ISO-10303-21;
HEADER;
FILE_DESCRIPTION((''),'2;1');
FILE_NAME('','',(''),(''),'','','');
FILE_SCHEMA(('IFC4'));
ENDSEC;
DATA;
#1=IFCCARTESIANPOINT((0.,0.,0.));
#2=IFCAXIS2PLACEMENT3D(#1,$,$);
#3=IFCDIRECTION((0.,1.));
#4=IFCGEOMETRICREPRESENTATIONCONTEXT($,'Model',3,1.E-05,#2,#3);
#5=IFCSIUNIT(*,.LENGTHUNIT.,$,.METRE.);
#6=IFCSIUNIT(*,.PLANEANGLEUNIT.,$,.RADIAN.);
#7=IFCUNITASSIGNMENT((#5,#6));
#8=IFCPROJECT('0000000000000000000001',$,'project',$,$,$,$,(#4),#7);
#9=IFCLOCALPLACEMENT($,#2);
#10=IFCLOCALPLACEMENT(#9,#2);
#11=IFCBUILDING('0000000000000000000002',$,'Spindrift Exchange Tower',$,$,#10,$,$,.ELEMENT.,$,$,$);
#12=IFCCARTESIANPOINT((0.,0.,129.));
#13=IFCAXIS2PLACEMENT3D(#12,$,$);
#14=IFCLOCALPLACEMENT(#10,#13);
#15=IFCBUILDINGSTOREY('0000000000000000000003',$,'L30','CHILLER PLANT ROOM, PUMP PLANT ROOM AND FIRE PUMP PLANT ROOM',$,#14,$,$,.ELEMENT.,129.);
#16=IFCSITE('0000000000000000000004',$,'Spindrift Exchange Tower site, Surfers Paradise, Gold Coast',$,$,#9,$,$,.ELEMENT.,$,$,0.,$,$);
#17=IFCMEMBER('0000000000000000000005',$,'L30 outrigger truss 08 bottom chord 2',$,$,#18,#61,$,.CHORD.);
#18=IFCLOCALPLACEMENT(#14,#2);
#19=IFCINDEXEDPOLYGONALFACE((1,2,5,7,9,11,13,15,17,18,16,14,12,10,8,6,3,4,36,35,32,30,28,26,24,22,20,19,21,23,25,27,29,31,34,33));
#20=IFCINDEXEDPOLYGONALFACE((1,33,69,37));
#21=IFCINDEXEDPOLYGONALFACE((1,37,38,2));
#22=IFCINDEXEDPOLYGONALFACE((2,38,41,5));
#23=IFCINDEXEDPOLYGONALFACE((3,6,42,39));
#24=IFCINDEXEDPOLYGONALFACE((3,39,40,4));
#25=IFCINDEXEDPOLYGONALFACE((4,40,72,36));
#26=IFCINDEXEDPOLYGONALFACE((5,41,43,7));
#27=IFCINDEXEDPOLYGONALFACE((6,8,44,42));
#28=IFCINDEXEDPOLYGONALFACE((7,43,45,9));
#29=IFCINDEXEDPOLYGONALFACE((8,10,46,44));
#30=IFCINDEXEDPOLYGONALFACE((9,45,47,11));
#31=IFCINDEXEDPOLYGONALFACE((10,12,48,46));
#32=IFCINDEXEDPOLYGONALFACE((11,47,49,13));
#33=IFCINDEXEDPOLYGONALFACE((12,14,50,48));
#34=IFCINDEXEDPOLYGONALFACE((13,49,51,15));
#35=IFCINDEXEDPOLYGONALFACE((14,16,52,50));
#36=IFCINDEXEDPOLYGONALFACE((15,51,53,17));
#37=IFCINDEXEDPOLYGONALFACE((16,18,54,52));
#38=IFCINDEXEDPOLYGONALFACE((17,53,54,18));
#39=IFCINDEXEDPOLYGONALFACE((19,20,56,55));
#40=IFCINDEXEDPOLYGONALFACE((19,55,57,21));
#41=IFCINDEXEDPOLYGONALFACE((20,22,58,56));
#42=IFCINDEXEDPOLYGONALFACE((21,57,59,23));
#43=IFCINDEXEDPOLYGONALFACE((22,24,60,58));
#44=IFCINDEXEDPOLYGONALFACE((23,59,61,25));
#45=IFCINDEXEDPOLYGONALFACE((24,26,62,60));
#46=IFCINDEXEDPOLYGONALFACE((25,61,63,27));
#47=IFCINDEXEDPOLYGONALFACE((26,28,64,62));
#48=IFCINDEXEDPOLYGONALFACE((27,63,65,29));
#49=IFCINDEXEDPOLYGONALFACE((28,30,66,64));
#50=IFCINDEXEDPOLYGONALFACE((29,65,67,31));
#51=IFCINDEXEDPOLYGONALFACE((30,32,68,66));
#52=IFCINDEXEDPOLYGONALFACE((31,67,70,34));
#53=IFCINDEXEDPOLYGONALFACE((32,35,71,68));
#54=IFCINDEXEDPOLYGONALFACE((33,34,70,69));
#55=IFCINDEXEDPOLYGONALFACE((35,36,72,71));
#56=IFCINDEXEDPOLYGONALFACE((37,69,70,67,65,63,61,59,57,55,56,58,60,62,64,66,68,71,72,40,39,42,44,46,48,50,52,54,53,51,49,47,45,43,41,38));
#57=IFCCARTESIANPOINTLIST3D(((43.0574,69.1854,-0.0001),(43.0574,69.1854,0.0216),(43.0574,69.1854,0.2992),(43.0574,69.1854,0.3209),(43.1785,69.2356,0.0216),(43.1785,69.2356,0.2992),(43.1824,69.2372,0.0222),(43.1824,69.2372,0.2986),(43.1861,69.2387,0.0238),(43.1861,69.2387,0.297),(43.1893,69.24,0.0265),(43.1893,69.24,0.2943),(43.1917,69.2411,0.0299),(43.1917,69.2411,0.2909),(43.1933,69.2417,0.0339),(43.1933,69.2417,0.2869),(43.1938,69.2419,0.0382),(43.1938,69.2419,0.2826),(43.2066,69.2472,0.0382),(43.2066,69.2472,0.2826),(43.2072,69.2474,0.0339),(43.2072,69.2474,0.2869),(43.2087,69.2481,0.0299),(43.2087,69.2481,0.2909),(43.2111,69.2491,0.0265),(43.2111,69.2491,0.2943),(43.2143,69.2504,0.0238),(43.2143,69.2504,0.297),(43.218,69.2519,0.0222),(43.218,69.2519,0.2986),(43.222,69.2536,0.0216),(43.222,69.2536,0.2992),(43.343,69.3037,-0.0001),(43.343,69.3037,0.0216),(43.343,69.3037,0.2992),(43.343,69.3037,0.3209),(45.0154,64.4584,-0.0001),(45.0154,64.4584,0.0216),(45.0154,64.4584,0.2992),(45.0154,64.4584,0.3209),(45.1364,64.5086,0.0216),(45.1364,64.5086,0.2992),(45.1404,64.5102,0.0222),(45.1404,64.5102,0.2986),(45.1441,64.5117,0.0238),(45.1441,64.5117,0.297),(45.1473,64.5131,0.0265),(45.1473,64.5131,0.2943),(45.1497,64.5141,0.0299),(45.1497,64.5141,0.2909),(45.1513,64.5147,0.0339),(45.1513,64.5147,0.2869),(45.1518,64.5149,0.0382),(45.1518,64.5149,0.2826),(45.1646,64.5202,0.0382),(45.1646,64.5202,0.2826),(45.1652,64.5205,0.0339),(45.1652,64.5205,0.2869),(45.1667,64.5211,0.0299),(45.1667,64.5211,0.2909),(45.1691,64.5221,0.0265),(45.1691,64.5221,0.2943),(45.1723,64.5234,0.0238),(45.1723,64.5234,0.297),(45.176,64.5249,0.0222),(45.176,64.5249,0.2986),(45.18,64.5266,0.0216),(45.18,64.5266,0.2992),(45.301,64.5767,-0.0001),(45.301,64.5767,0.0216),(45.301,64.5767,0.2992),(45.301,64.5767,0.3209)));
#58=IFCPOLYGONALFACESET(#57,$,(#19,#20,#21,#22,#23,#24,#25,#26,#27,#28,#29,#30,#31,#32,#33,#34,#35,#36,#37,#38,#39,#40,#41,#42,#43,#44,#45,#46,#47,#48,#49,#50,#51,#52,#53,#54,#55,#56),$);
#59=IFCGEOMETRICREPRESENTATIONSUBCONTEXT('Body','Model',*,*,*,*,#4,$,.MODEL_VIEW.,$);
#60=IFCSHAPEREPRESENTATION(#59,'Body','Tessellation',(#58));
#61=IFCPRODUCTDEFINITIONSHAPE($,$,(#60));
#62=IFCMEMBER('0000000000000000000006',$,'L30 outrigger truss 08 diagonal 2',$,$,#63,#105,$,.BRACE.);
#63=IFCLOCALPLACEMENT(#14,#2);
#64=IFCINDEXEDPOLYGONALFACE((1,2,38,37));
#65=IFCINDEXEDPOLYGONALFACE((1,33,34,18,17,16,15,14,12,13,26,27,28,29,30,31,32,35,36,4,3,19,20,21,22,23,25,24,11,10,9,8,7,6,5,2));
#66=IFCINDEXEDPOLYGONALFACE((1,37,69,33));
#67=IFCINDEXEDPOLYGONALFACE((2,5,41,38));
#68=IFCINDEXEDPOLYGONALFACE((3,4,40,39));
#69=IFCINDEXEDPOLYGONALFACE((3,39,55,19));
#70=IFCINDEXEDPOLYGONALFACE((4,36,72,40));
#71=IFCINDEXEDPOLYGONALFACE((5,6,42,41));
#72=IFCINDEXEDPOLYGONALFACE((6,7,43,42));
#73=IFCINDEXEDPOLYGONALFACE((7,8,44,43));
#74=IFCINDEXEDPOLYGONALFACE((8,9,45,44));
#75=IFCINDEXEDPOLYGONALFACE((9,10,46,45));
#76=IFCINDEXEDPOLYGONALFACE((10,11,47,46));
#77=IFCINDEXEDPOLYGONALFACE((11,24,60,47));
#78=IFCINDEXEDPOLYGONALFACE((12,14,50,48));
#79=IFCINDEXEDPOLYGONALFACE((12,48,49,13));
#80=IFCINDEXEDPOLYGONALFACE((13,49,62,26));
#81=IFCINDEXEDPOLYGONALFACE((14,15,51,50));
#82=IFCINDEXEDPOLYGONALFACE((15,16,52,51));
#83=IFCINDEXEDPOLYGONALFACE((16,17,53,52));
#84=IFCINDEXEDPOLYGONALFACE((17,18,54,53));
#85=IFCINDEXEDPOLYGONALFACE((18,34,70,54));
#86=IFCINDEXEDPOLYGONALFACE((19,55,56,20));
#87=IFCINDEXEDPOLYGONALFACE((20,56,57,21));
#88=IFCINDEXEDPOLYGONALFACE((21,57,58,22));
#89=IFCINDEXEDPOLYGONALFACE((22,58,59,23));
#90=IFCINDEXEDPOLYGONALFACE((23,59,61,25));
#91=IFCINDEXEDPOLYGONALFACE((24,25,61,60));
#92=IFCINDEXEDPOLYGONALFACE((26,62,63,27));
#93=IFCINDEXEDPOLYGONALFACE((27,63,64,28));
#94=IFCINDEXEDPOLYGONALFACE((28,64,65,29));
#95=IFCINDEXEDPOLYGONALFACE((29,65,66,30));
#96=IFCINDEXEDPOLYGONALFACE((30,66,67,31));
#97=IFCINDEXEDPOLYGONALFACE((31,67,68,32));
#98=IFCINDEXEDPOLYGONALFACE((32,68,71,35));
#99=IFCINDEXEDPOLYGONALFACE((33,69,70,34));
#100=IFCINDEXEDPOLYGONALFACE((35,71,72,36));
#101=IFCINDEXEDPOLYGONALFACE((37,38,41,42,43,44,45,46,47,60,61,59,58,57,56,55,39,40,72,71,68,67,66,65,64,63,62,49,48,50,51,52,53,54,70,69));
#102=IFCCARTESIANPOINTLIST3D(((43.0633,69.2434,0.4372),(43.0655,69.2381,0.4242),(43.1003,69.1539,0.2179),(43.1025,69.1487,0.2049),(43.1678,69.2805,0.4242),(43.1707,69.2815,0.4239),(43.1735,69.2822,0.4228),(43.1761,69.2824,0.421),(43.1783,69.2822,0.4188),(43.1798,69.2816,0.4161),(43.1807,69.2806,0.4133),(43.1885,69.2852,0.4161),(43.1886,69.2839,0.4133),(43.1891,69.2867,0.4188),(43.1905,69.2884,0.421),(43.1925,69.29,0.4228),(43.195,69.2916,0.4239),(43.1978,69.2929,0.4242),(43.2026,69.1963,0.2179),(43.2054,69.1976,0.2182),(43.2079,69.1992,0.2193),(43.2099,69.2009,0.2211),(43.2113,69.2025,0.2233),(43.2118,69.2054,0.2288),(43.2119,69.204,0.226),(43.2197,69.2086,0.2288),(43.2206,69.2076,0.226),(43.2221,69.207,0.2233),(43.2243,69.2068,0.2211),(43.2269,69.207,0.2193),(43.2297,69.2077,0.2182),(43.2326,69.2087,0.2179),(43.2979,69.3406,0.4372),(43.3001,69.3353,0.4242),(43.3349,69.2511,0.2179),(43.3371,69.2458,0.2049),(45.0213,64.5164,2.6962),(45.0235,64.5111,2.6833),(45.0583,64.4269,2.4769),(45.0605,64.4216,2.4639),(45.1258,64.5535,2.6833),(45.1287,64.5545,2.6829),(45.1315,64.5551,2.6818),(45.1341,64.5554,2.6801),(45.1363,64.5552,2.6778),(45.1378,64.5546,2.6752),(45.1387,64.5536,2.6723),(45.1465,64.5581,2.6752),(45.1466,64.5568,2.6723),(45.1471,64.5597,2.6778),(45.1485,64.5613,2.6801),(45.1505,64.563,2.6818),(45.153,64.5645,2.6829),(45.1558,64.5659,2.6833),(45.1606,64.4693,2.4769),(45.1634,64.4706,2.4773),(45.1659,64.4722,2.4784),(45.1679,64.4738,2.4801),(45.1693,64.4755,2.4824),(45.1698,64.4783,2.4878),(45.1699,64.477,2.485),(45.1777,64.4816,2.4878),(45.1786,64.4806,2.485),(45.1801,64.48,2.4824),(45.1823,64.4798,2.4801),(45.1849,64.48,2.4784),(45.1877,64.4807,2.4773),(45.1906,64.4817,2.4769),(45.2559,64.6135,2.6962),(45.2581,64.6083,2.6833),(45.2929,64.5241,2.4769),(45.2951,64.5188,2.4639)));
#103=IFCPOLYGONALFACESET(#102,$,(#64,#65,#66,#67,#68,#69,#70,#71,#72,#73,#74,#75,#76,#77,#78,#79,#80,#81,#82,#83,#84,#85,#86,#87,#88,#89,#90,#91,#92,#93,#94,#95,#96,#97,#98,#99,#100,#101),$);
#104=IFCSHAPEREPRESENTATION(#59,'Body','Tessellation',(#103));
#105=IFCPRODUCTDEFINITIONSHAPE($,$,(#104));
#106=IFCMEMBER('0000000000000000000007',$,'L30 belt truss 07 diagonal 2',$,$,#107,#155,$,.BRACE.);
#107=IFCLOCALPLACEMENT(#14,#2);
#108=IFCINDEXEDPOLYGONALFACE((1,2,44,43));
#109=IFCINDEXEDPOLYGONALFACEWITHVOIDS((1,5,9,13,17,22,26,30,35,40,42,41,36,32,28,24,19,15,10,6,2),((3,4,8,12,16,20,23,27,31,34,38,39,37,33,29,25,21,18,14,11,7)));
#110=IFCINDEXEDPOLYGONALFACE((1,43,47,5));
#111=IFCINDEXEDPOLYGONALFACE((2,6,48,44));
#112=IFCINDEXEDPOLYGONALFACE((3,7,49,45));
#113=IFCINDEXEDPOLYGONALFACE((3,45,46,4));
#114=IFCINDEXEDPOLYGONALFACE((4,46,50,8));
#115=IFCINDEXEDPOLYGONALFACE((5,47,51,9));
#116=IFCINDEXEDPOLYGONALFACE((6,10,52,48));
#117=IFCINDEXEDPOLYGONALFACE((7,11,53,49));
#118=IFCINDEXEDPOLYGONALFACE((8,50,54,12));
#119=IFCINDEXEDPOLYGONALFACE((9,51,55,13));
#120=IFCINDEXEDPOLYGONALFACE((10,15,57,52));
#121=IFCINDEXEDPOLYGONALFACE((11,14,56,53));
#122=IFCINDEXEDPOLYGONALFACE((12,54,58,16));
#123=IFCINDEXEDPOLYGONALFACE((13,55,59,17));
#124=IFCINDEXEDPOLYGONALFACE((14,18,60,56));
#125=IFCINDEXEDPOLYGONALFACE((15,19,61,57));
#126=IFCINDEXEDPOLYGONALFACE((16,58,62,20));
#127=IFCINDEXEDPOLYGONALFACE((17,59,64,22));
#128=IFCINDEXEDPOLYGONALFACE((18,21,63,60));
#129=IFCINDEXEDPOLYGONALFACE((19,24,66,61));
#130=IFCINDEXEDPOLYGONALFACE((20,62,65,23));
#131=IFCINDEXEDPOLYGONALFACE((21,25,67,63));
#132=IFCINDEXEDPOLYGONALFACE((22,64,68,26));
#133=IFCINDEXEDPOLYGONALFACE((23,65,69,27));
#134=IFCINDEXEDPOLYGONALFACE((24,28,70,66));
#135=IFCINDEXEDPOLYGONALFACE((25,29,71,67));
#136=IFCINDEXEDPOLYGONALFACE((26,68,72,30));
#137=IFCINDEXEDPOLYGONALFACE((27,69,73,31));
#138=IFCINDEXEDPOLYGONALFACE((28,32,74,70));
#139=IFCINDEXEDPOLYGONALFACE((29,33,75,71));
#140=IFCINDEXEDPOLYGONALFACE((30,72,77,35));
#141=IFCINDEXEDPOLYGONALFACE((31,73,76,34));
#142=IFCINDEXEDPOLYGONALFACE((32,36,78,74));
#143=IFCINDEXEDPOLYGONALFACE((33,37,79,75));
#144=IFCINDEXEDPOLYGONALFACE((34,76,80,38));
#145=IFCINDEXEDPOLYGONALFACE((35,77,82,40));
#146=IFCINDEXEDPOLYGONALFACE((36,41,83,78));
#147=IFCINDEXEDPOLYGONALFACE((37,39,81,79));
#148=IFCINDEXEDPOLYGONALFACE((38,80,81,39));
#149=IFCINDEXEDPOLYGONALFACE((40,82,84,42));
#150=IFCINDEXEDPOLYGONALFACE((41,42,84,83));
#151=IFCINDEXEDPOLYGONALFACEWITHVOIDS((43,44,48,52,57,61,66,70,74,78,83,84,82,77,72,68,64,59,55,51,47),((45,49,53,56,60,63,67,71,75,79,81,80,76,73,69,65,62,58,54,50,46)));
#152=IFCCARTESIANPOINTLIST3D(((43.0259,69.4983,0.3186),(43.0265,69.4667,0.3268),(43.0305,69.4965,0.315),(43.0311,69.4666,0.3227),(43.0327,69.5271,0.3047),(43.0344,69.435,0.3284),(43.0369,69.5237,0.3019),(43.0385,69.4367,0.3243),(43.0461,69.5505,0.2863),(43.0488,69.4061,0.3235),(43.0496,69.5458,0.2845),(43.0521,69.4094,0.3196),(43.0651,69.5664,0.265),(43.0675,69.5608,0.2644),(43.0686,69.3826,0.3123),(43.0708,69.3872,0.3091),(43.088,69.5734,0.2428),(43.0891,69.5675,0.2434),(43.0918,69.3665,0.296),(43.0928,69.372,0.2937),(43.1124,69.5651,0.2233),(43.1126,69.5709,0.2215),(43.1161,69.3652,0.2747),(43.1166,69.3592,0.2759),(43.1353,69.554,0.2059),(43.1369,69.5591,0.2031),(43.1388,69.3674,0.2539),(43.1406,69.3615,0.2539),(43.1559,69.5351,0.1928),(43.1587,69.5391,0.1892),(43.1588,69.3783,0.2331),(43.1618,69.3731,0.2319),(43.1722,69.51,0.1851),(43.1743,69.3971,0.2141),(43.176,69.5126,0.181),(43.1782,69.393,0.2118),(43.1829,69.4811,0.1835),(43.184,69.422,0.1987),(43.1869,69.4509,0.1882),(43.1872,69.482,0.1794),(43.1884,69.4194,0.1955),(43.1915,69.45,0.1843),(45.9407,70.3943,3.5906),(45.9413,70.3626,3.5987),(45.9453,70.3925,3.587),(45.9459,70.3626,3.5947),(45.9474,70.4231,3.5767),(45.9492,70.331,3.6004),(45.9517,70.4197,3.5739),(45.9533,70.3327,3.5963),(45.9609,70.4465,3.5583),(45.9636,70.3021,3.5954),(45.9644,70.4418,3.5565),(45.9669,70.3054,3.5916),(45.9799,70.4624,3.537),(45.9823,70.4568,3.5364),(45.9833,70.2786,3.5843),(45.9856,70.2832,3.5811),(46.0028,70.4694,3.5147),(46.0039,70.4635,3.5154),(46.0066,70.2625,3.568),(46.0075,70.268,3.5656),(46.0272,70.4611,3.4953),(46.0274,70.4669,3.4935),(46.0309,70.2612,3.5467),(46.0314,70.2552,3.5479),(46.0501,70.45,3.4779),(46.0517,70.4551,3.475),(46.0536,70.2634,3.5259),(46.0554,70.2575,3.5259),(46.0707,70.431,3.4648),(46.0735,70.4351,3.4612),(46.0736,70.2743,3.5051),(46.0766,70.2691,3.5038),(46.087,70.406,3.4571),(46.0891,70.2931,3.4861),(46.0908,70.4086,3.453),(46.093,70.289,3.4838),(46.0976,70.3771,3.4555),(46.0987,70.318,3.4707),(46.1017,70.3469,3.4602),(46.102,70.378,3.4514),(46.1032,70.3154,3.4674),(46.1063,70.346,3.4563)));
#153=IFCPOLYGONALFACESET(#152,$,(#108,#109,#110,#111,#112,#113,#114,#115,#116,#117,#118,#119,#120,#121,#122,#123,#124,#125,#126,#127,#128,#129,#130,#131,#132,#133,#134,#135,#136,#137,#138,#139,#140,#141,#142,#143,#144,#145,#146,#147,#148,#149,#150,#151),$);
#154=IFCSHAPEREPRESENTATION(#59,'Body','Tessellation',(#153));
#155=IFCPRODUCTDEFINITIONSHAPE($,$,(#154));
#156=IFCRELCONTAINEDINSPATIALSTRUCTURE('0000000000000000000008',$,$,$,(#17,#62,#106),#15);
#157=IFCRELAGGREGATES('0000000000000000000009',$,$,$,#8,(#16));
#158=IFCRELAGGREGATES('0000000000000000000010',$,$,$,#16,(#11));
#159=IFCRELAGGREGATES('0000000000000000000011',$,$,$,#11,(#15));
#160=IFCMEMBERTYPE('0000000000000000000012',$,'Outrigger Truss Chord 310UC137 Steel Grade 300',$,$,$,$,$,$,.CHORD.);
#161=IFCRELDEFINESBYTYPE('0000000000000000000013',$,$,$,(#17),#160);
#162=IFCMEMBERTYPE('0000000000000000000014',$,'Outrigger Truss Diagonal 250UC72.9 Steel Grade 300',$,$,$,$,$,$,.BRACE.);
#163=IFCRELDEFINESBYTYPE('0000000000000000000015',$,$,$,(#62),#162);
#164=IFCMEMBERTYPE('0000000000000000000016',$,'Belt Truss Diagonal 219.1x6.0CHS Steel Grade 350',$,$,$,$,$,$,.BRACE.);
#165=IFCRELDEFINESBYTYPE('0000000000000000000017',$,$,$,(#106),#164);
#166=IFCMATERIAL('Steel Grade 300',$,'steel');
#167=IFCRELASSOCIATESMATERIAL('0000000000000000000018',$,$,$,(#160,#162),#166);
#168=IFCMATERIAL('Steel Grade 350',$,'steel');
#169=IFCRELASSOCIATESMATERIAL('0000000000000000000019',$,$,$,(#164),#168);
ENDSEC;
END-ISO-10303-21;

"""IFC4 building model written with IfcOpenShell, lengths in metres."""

from ifc_helpers import new_model, si_unit, direction, frame, origin, origin_2d, place, context, subcontext, project, spatial, hollow_circle, i_section, extrude, source, transform, mapped, material, material_profile, profile_set, type_object, element, save


model = new_model("IFC4")

# Units and contexts
model_context = context("Model", 3, precision=1e-05, world=origin(), true_north=direction((0.0, 1.0)))
body_context = subcontext(model_context, "Body", "Model", "MODEL_VIEW")
ifc_project = project(units=[si_unit("LENGTHUNIT", "METRE"), si_unit("PLANEANGLEUNIT", "RADIAN")], contexts=[model_context])

# Site, building, storey
site_placement = place(None, origin())
site = spatial("IfcSite", under=ifc_project, at=site_placement, Name="Spindrift Exchange Tower site, Surfers Paradise, Gold Coast", CompositionType="ELEMENT", RefElevation=0.0)
building_placement = place(site_placement, origin())
building = spatial("IfcBuilding", under=site, at=building_placement, Name="Spindrift Exchange Tower", CompositionType="ELEMENT")
storey_placement = place(building_placement, frame((0.0, 0.0, 129.0)))
storey = spatial("IfcBuildingStorey", under=building, at=storey_placement, Name="L30", Description="CHILLER PLANT ROOM, PUMP PLANT ROOM AND FIRE PUMP PLANT ROOM", CompositionType="ELEMENT", Elevation=129.0)

# Shared definitions
ifc_material_1 = material(Name="Steel Grade 300", Category="steel")

# Members
ifc_material_profile_1 = material_profile(ifc_material_1, i_section(OverallWidth=0.3091, OverallDepth=0.321, WebThickness=0.0139, FlangeThickness=0.0217, FilletRadius=0.0166, at=origin_2d()), Name="310UC137")
ifc_profile_set_1 = profile_set([ifc_material_profile_1], Name="Steel Grade 300")
member_type_1 = type_object("IfcMemberType", Name="Outrigger Truss Chord 310UC137 Steel Grade 300", PredefinedType="CHORD", material=ifc_profile_set_1)
shared_shape_1 = source(origin(), body_context, "Body", "SweptSolid", [
    extrude(i_section(OverallWidth=0.3091, OverallDepth=0.321, WebThickness=0.0139, FlangeThickness=0.0217, FilletRadius=0.0166, at=origin_2d()), origin(), (0.0, 0.0, 1.0), 5.1165),
])
member_1_placement = place(storey_placement, frame((45.1582, 64.5176, 0.1604), z_axis=(-0.382683, 0.92388, 0.0), x_axis=(-0.92388, -0.382683, 0.0)))
element("IfcMember", 1, at=member_1_placement, inside=storey, type_object=member_type_1, Name="L30 outrigger truss 08 bottom chord 2", PredefinedType="CHORD", context=body_context, shape_type="MappedRepresentation", body=[
    mapped(shared_shape_1, transform((0.0, 0.0, 0.0), scale=1.0)),
])
ifc_material_profile_2 = material_profile(ifc_material_1, i_section(OverallWidth=0.2539, OverallDepth=0.2539, WebThickness=0.0085, FlangeThickness=0.0142, FilletRadius=0.012, at=origin_2d()), Name="250UC72.9")
ifc_profile_set_2 = profile_set([ifc_material_profile_2], Name="Steel Grade 300")
member_type_2 = type_object("IfcMemberType", Name="Outrigger Truss Diagonal 250UC72.9 Steel Grade 300", PredefinedType="BRACE", material=ifc_profile_set_2)
shared_shape_2 = source(origin(), body_context, "Body", "SweptSolid", [
    extrude(i_section(OverallWidth=0.2539, OverallDepth=0.2539, WebThickness=0.0085, FlangeThickness=0.0142, FilletRadius=0.012, at=origin_2d()), origin(), (0.0, 0.0, 1.0), 5.593),
])
member_2_placement = place(storey_placement, frame((45.1582, 64.5176, 2.5801), z_axis=(-0.35008, 0.845167, -0.403901), x_axis=(-0.92388, -0.382683, 0.0)))
element("IfcMember", 2, at=member_2_placement, inside=storey, type_object=member_type_2, Name="L30 outrigger truss 08 diagonal 2", PredefinedType="BRACE", context=body_context, shape_type="MappedRepresentation", body=[
    mapped(shared_shape_2, transform((0.0, 0.0, 0.0), scale=1.0)),
])
ifc_material_2 = material(Name="Steel Grade 350", Category="steel")
ifc_material_profile_3 = material_profile(ifc_material_2, hollow_circle(Radius=0.1096, WallThickness=0.0061, at=origin_2d()), Name="219.1x6.0CHS")
ifc_profile_set_3 = profile_set([ifc_material_profile_3], Name="Steel Grade 350")
member_type_3 = type_object("IfcMemberType", Name="Belt Truss Diagonal 219.1x6.0CHS Steel Grade 350", PredefinedType="BRACE", material=ifc_profile_set_3)
shared_shape_3 = source(origin(), body_context, "Body", "SweptSolid", [
    extrude(hollow_circle(Radius=0.1096, WallThickness=0.0061, at=origin_2d()), origin(), (0.0, 0.0, 1.0), 4.4727),
])
member_3_placement = place(storey_placement, frame((46.0232, 70.3623, 3.5259), z_axis=(-0.651692, -0.200328, -0.73155), x_axis=(0.293827, -0.955859, 0.0)))
element("IfcMember", 3, at=member_3_placement, inside=storey, type_object=member_type_3, Name="L30 belt truss 07 diagonal 2", PredefinedType="BRACE", context=body_context, shape_type="MappedRepresentation", body=[
    mapped(shared_shape_3, transform((0.0, 0.0, 0.0), scale=1.0)),
])

save(model, "model.ifc")
